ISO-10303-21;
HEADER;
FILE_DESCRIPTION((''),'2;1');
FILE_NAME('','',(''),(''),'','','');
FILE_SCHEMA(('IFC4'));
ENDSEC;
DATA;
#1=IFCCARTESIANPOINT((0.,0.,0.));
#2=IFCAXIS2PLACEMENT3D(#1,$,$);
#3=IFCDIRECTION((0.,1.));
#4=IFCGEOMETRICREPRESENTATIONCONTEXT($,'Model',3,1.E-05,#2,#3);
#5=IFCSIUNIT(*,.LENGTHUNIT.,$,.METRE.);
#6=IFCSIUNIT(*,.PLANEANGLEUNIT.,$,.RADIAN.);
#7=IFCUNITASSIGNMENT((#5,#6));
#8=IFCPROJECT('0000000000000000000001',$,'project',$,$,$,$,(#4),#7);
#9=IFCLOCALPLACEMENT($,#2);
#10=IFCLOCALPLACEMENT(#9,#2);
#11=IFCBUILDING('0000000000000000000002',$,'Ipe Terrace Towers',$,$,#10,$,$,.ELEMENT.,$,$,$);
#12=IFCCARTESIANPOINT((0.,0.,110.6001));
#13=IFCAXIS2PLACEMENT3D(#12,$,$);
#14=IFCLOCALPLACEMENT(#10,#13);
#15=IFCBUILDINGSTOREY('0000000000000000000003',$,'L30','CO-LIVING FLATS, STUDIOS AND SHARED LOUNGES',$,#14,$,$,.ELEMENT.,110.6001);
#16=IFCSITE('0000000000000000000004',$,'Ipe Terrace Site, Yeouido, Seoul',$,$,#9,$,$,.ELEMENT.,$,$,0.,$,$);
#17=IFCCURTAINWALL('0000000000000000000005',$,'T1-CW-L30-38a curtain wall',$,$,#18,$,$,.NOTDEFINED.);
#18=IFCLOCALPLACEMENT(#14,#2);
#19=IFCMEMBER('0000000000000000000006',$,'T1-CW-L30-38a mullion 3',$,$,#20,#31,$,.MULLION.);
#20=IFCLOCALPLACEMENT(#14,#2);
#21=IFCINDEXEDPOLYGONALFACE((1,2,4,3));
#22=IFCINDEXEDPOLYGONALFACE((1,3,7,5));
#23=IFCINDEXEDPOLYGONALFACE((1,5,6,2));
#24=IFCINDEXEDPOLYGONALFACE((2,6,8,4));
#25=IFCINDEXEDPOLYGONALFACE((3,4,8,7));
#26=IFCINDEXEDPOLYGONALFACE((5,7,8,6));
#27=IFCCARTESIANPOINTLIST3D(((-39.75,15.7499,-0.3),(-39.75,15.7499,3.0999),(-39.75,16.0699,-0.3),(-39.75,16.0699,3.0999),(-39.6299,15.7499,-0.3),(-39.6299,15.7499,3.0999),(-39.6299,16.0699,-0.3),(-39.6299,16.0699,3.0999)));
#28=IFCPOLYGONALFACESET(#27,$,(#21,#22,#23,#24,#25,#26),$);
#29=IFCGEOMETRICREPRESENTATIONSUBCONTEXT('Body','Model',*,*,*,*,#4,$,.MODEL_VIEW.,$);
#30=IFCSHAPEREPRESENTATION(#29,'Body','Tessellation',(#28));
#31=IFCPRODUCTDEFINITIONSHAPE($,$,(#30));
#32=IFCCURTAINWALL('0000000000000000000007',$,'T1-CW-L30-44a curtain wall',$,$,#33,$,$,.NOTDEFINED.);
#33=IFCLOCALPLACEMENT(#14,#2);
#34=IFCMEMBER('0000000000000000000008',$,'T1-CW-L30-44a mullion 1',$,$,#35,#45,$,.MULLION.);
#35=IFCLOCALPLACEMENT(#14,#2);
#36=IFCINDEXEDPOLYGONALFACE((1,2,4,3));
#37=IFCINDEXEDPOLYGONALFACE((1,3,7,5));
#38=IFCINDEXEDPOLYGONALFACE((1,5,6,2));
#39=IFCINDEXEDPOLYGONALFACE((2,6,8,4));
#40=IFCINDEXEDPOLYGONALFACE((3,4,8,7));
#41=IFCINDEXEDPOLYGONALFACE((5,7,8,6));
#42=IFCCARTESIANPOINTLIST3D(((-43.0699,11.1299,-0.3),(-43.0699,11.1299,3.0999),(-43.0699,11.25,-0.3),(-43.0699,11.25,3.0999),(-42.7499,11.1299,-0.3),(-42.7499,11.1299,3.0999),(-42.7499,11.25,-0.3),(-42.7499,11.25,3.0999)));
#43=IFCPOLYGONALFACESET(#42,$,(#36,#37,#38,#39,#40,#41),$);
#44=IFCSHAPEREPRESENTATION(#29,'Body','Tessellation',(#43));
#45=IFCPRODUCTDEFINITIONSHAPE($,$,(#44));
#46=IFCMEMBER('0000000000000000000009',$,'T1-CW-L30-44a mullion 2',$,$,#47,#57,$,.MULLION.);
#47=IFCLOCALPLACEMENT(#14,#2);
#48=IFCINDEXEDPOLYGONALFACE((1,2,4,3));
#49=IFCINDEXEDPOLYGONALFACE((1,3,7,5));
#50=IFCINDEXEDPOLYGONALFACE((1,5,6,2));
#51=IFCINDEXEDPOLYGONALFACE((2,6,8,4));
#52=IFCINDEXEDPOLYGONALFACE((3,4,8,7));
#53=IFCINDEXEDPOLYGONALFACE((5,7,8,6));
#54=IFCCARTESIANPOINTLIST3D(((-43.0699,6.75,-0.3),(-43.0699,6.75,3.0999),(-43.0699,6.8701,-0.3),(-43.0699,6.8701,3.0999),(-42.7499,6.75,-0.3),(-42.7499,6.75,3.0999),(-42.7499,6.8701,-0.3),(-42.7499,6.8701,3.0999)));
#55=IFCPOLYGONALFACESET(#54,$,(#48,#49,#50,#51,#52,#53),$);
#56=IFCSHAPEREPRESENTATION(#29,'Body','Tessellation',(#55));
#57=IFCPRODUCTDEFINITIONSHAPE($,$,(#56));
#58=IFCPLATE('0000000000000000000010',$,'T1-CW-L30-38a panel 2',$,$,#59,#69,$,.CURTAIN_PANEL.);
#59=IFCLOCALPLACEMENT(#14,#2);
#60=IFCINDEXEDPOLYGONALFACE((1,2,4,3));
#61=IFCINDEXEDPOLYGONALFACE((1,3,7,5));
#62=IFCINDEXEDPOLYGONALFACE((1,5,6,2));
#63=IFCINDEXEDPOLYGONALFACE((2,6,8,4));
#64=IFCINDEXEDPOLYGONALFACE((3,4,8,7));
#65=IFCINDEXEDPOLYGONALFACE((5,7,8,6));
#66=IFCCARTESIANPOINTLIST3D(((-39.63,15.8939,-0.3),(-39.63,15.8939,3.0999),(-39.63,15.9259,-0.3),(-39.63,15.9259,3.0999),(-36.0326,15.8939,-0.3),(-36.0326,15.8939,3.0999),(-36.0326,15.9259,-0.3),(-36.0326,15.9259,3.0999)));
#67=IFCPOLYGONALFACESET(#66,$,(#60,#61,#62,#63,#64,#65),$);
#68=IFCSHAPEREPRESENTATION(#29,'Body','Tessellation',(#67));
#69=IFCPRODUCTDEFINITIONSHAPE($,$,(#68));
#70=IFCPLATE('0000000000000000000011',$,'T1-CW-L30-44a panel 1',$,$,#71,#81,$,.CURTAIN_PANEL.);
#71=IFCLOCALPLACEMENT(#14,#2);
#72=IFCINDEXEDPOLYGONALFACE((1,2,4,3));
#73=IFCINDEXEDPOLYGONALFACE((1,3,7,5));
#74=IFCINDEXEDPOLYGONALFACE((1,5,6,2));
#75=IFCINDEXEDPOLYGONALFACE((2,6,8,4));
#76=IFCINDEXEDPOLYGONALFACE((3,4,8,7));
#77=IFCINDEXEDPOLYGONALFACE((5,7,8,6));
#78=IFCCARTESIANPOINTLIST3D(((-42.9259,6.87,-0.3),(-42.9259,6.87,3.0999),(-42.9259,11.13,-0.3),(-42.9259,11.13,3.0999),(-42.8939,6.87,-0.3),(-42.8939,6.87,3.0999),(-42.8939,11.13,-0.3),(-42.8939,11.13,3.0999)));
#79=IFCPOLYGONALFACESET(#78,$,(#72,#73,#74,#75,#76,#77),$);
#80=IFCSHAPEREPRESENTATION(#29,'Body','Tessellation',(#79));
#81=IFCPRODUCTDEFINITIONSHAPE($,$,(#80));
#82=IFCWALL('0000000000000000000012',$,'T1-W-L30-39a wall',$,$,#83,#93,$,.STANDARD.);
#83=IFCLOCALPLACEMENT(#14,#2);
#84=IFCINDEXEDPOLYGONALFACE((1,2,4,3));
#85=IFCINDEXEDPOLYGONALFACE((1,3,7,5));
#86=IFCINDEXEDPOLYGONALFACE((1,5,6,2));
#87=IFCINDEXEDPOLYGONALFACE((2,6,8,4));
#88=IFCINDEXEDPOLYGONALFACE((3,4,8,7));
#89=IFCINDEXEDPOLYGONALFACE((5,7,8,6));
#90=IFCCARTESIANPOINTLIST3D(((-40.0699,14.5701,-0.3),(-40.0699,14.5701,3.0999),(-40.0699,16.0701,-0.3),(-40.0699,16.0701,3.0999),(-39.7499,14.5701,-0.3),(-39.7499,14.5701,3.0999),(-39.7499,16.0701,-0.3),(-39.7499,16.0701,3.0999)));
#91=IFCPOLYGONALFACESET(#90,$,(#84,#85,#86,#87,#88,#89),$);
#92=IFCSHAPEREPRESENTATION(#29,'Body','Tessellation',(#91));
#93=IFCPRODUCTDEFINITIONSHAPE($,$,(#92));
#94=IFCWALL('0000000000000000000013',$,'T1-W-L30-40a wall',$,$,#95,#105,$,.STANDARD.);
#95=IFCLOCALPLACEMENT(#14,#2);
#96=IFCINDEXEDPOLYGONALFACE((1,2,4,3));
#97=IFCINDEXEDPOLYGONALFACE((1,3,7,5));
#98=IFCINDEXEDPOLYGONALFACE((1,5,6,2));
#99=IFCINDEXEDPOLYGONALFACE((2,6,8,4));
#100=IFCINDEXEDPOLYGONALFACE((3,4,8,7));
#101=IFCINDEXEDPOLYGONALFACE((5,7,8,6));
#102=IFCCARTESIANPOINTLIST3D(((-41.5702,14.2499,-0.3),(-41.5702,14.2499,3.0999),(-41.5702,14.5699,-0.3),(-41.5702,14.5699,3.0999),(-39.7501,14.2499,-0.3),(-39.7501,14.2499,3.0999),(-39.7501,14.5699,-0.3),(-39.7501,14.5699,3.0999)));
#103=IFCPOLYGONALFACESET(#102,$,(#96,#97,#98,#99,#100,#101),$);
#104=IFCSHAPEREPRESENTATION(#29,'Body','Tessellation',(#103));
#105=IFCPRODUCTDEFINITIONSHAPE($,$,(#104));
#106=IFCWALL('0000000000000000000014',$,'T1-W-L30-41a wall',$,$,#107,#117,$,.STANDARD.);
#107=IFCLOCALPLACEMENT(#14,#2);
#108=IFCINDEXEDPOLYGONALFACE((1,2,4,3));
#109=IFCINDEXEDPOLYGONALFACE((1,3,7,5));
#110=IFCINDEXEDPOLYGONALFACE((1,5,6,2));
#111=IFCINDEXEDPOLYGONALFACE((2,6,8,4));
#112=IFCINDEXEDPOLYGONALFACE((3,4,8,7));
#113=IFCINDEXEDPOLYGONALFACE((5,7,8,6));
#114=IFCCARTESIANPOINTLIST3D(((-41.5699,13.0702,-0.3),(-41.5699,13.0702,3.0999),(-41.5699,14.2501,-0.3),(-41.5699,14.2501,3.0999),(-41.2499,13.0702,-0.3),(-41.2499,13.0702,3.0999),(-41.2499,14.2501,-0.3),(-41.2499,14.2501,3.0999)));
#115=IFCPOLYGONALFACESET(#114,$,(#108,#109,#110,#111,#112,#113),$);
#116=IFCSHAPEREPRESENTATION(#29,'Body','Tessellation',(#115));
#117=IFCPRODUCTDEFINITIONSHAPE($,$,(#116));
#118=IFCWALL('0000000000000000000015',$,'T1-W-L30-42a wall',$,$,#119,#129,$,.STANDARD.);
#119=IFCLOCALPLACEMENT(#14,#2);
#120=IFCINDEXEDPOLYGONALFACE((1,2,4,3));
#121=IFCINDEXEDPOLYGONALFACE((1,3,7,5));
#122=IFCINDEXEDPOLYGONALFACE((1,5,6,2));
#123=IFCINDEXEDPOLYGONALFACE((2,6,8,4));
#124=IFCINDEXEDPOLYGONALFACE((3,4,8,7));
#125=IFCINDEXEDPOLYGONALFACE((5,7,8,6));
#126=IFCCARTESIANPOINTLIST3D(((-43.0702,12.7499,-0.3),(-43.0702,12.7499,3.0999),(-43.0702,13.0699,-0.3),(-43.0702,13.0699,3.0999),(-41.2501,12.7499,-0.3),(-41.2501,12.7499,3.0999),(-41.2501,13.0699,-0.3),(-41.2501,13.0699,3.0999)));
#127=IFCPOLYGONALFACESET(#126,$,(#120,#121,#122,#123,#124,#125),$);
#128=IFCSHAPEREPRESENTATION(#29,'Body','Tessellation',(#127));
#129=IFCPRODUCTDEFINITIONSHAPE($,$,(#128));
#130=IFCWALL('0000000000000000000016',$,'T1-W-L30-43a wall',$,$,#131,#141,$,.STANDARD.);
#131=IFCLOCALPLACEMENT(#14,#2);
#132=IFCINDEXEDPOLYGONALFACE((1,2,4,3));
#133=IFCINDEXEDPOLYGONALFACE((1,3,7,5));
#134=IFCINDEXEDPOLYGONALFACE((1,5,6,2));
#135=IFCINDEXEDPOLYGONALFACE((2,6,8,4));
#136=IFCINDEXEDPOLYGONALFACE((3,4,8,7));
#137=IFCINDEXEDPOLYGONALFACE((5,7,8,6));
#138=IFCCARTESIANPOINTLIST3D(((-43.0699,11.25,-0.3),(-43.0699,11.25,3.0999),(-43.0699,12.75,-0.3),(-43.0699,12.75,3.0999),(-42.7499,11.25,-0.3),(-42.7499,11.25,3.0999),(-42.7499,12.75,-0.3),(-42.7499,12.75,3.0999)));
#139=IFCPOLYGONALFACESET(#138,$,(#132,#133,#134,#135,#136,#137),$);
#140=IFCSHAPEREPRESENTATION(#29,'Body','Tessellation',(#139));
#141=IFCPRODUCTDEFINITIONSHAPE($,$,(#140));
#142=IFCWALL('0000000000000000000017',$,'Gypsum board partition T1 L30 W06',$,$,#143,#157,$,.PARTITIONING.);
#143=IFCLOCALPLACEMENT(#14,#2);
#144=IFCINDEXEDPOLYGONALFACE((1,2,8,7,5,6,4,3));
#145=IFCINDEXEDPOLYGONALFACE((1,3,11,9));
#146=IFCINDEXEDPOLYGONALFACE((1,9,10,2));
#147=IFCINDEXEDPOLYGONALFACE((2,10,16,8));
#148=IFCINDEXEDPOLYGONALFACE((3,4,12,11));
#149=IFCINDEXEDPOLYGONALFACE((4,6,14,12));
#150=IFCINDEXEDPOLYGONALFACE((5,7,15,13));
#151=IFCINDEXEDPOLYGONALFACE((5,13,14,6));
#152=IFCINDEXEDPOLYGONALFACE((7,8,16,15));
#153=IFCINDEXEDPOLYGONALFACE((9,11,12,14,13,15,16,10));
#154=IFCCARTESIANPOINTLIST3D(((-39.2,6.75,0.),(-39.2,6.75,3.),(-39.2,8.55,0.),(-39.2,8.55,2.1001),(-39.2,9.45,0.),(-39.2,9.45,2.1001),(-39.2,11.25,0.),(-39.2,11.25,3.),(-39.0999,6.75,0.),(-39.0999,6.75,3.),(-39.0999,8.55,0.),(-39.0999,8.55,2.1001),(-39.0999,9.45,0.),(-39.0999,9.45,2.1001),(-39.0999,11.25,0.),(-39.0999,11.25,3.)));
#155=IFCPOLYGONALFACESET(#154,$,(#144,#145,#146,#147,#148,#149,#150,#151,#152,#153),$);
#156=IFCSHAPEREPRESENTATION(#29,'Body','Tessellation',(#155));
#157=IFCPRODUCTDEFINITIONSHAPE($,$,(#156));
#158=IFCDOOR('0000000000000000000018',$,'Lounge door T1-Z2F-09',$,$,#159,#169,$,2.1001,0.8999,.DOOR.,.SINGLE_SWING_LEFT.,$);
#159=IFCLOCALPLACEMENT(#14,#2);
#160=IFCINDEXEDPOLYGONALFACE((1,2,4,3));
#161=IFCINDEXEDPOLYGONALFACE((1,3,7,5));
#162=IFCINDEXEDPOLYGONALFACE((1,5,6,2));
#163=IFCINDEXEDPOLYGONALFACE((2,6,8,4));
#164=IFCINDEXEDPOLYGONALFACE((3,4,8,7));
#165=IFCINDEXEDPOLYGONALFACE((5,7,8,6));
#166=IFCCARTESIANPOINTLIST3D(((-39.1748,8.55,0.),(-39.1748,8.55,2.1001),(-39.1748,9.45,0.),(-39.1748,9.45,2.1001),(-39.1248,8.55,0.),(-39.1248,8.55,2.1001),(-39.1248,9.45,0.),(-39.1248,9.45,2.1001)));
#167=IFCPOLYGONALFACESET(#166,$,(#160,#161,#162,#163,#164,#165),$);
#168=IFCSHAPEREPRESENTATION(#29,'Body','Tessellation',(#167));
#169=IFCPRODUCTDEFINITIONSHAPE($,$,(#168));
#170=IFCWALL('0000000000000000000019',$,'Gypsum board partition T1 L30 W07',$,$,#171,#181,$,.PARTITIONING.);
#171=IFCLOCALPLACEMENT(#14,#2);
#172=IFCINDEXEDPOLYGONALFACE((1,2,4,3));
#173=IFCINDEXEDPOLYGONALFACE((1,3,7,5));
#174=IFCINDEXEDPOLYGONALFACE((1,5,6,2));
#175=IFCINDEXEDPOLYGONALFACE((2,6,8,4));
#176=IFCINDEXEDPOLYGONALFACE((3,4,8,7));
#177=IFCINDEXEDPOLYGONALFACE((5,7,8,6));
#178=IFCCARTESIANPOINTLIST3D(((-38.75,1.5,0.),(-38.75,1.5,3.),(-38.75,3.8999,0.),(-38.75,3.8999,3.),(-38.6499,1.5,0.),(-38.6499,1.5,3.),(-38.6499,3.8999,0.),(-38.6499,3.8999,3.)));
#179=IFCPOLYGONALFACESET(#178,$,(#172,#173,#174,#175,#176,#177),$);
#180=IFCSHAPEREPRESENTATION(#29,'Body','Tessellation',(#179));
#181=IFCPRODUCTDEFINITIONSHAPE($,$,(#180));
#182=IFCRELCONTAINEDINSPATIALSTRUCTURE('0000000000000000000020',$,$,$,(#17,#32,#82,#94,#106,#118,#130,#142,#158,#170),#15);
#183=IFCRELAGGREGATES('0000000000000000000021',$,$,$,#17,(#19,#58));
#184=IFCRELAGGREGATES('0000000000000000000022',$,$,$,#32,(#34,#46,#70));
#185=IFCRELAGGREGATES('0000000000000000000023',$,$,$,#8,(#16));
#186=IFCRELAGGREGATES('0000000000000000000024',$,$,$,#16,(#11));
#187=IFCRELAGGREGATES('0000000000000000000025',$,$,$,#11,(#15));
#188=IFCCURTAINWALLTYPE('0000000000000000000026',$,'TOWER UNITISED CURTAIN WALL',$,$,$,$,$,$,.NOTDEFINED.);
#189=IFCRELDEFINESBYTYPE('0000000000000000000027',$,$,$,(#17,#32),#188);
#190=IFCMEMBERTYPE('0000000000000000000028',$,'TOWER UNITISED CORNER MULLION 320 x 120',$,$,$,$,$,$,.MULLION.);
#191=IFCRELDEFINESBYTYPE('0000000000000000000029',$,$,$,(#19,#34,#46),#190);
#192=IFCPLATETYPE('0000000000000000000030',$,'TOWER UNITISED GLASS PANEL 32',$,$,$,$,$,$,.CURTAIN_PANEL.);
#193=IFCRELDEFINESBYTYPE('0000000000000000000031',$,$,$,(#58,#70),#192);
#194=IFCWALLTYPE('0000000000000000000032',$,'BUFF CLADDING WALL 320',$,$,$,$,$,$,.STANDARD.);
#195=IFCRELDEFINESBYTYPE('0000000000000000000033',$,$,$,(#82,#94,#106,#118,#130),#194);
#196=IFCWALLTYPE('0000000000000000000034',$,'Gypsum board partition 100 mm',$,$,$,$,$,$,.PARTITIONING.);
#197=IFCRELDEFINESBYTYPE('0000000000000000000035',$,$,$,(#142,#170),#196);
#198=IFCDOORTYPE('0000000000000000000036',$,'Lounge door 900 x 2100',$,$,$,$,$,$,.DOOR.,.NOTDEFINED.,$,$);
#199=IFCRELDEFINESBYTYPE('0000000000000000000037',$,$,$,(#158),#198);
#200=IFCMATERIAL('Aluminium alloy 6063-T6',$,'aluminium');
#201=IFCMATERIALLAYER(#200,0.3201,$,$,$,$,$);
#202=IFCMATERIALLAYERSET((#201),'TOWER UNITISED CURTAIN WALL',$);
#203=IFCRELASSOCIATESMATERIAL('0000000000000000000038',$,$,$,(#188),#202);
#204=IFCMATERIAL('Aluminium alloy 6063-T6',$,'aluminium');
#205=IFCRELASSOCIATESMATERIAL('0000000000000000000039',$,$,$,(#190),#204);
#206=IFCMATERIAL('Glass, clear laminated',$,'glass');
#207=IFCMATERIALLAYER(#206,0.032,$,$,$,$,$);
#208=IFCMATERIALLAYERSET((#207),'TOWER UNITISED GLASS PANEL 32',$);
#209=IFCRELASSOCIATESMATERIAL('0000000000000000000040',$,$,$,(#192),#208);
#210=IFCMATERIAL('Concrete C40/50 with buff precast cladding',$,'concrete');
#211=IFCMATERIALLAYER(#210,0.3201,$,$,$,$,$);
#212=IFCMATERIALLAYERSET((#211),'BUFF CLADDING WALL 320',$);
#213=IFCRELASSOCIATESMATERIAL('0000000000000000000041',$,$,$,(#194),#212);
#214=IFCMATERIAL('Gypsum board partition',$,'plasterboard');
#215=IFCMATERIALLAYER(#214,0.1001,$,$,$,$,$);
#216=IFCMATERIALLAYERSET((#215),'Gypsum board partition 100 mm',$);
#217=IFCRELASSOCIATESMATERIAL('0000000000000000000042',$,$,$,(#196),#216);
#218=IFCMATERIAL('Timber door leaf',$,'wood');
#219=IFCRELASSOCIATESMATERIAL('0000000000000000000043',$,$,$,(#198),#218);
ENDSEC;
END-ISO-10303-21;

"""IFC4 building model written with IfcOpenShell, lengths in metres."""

from ifc_helpers import new_model, si_unit, direction, frame, frame_2d, origin, origin_2d, place, context, subcontext, project, spatial, rectangle, extrude, material, layer, layer_set, material_profile, profile_set, type_object, element, fill, aggregate, save


model = new_model("IFC4")

# Units and contexts
model_context = context("Model", 3, precision=1e-05, world=origin(), true_north=direction((0.0, 1.0)))
body_context = subcontext(model_context, "Body", "Model", "MODEL_VIEW")
ifc_project = project(units=[si_unit("LENGTHUNIT", "METRE"), si_unit("PLANEANGLEUNIT", "RADIAN")], contexts=[model_context])

# Site, building, storey
site_placement = place(None, origin())
site = spatial("IfcSite", under=ifc_project, at=site_placement, Name="Ipe Terrace Site, Yeouido, Seoul", CompositionType="ELEMENT", RefElevation=0.0)
building_placement = place(site_placement, origin())
building = spatial("IfcBuilding", under=site, at=building_placement, Name="Ipe Terrace Towers", CompositionType="ELEMENT")
storey_placement = place(building_placement, frame((0.0, 0.0, 110.6001)))
storey = spatial("IfcBuildingStorey", under=building, at=storey_placement, Name="L30", Description="CO-LIVING FLATS, STUDIOS AND SHARED LOUNGES", CompositionType="ELEMENT", Elevation=110.6001)

# Curtain wall, member
ifc_material_1 = material(Name="Aluminium alloy 6063-T6", Category="aluminium")
ifc_layer_1 = layer(ifc_material_1, 0.3201)
ifc_layer_set_1 = layer_set([ifc_layer_1], Name="TOWER UNITISED CURTAIN WALL")
curtain_wall_type = type_object("IfcCurtainWallType", Name="TOWER UNITISED CURTAIN WALL", PredefinedType="NOTDEFINED", material=ifc_layer_set_1)
curtain_wall_1_placement = place(storey_placement, origin())
curtain_wall_1 = element("IfcCurtainWall", 1, at=curtain_wall_1_placement, inside=storey, type_object=curtain_wall_type, Name="T1-CW-L30-38a curtain wall", PredefinedType="NOTDEFINED")
ifc_material_2 = material(Name="Aluminium alloy 6063-T6", Category="aluminium")
ifc_material_profile_1 = material_profile(ifc_material_2, rectangle(XDim=0.3201, YDim=0.1201, at=origin_2d()), Name="TOWER UNITISED CORNER MULLION 320 x 120")
ifc_profile_set_1 = profile_set([ifc_material_profile_1], Name="Aluminium alloy 6063-T6")
member_type = type_object("IfcMemberType", Name="TOWER UNITISED CORNER MULLION 320 x 120", PredefinedType="MULLION", material=ifc_profile_set_1)
member_1_placement = place(storey_placement, frame((-39.6899, 15.9099, -0.3), z_axis=(0.0, 0.0, 1.0), x_axis=(0.0, 1.0, 0.0)))
member_1 = element("IfcMember", 2, at=member_1_placement, type_object=member_type, Name="T1-CW-L30-38a mullion 3", PredefinedType="MULLION", context=body_context, shape_type="SweptSolid", body=[
    extrude(rectangle(XDim=0.3201, YDim=0.1201, at=origin_2d()), origin(), (0.0, 0.0, 1.0), 3.3999),
])

# Curtain wall, members
curtain_wall_2_placement = place(storey_placement, origin())
curtain_wall_2 = element("IfcCurtainWall", 3, at=curtain_wall_2_placement, inside=storey, type_object=curtain_wall_type, Name="T1-CW-L30-44a curtain wall", PredefinedType="NOTDEFINED")
member_2_placement = place(storey_placement, frame((-42.9099, 11.1899, -0.3), z_axis=(0.0, 0.0, 1.0), x_axis=(-1.0, 0.0, 0.0)))
member_2 = element("IfcMember", 4, at=member_2_placement, type_object=member_type, Name="T1-CW-L30-44a mullion 1", PredefinedType="MULLION", context=body_context, shape_type="SweptSolid", body=[
    extrude(rectangle(XDim=0.3201, YDim=0.1201, at=origin_2d()), origin(), (0.0, 0.0, 1.0), 3.3999),
])
member_3_placement = place(storey_placement, frame((-42.9099, 6.8101, -0.3), z_axis=(0.0, 0.0, 1.0), x_axis=(-1.0, 0.0, 0.0)))
member_3 = element("IfcMember", 5, at=member_3_placement, type_object=member_type, Name="T1-CW-L30-44a mullion 2", PredefinedType="MULLION", context=body_context, shape_type="SweptSolid", body=[
    extrude(rectangle(XDim=0.3201, YDim=0.1201, at=origin_2d()), origin(), (0.0, 0.0, 1.0), 3.3999),
])

# Plates
ifc_material_3 = material(Name="Glass, clear laminated", Category="glass")
ifc_layer_2 = layer(ifc_material_3, 0.032)
ifc_layer_set_2 = layer_set([ifc_layer_2], Name="TOWER UNITISED GLASS PANEL 32")
plate_type = type_object("IfcPlateType", Name="TOWER UNITISED GLASS PANEL 32", PredefinedType="CURTAIN_PANEL", material=ifc_layer_set_2)
plate_1_placement = place(storey_placement, frame((-37.8313, 15.9099, -0.3), z_axis=(0.0, 0.0, 1.0), x_axis=(-1.0, 0.0, 0.0)))
plate_1 = element("IfcPlate", 6, at=plate_1_placement, type_object=plate_type, Name="T1-CW-L30-38a panel 2", PredefinedType="CURTAIN_PANEL", context=body_context, shape_type="SweptSolid", body=[
    extrude(rectangle(XDim=3.5974, YDim=0.032, at=origin_2d()), origin(), (0.0, 0.0, 1.0), 3.3999),
])
aggregate(curtain_wall_1, [member_1, plate_1])
plate_2_placement = place(storey_placement, frame((-42.9099, 9.0, -0.3), z_axis=(0.0, 0.0, 1.0), x_axis=(0.0, -1.0, 0.0)))
plate_2 = element("IfcPlate", 7, at=plate_2_placement, type_object=plate_type, Name="T1-CW-L30-44a panel 1", PredefinedType="CURTAIN_PANEL", context=body_context, shape_type="SweptSolid", body=[
    extrude(rectangle(XDim=4.26, YDim=0.032, at=origin_2d()), origin(), (0.0, 0.0, 1.0), 3.3999),
])
aggregate(curtain_wall_2, [member_2, member_3, plate_2])

# Walls
ifc_material_4 = material(Name="Concrete C40/50 with buff precast cladding", Category="concrete")
ifc_layer_3 = layer(ifc_material_4, 0.3201)
ifc_layer_set_3 = layer_set([ifc_layer_3], Name="BUFF CLADDING WALL 320")
wall_type_1 = type_object("IfcWallType", Name="BUFF CLADDING WALL 320", PredefinedType="STANDARD", material=ifc_layer_set_3)
wall_1_placement = place(storey_placement, frame((-39.9099, 16.0701, -0.3), z_axis=(0.0, 0.0, 1.0), x_axis=(0.0, -1.0, 0.0)))
element("IfcWall", 8, at=wall_1_placement, inside=storey, type_object=wall_type_1, Name="T1-W-L30-39a wall", PredefinedType="STANDARD", context=body_context, shape_type="SweptSolid", body=[
    extrude(rectangle(XDim=1.5, YDim=0.3201, at=frame_2d((0.75, 0.0))), origin(), (0.0, 0.0, 1.0), 3.3999),
])
wall_2_placement = place(storey_placement, frame((-39.75, 14.4099, -0.3), z_axis=(0.0, 0.0, 1.0), x_axis=(-1.0, 0.0, 0.0)))
element("IfcWall", 9, at=wall_2_placement, inside=storey, type_object=wall_type_1, Name="T1-W-L30-40a wall", PredefinedType="STANDARD", context=body_context, shape_type="SweptSolid", body=[
    extrude(rectangle(XDim=1.8201, YDim=0.3201, at=frame_2d((0.9102, 0.0))), origin(), (0.0, 0.0, 1.0), 3.3999),
])
wall_3_placement = place(storey_placement, frame((-41.4099, 14.25, -0.3), z_axis=(0.0, 0.0, 1.0), x_axis=(0.0, -1.0, 0.0)))
element("IfcWall", 10, at=wall_3_placement, inside=storey, type_object=wall_type_1, Name="T1-W-L30-41a wall", PredefinedType="STANDARD", context=body_context, shape_type="SweptSolid", body=[
    extrude(rectangle(XDim=1.1799, YDim=0.3201, at=frame_2d((0.5898, 0.0))), origin(), (0.0, 0.0, 1.0), 3.3999),
])
wall_4_placement = place(storey_placement, frame((-41.25, 12.9099, -0.3), z_axis=(0.0, 0.0, 1.0), x_axis=(-1.0, 0.0, 0.0)))
element("IfcWall", 11, at=wall_4_placement, inside=storey, type_object=wall_type_1, Name="T1-W-L30-42a wall", PredefinedType="STANDARD", context=body_context, shape_type="SweptSolid", body=[
    extrude(rectangle(XDim=1.8201, YDim=0.3201, at=frame_2d((0.9102, 0.0))), origin(), (0.0, 0.0, 1.0), 3.3999),
])
wall_5_placement = place(storey_placement, frame((-42.9099, 12.75, -0.3), z_axis=(0.0, 0.0, 1.0), x_axis=(0.0, -1.0, 0.0)))
element("IfcWall", 12, at=wall_5_placement, inside=storey, type_object=wall_type_1, Name="T1-W-L30-43a wall", PredefinedType="STANDARD", context=body_context, shape_type="SweptSolid", body=[
    extrude(rectangle(XDim=1.5, YDim=0.3201, at=frame_2d((0.75, 0.0))), origin(), (0.0, 0.0, 1.0), 3.3999),
])

# Wall, opening, door
ifc_material_5 = material(Name="Gypsum board partition", Category="plasterboard")
ifc_layer_4 = layer(ifc_material_5, 0.1001)
ifc_layer_set_4 = layer_set([ifc_layer_4], Name="Gypsum board partition 100 mm")
wall_type_2 = type_object("IfcWallType", Name="Gypsum board partition 100 mm", PredefinedType="PARTITIONING", material=ifc_layer_set_4)
wall_6_placement = place(storey_placement, frame((-39.1499, 6.75, 0.0), z_axis=(0.0, 0.0, 1.0), x_axis=(0.0, 1.0, 0.0)))
wall_6 = element("IfcWall", 13, at=wall_6_placement, inside=storey, type_object=wall_type_2, Name="Gypsum board partition T1 L30 W06", PredefinedType="PARTITIONING", context=body_context, shape_type="SweptSolid", body=[
    extrude(rectangle(XDim=4.5, YDim=0.1001, at=frame_2d((2.25, 0.0))), origin(), (0.0, 0.0, 1.0), 3.0),
])
opening_1_placement = place(wall_6_placement, frame((1.8, 0.0, 0.0)))
opening_1 = element("IfcOpeningElement", 14, at=opening_1_placement, cuts=wall_6, PredefinedType="OPENING", context=body_context, shape_type="SweptSolid", body=[
    extrude(rectangle(XDim=0.8999, YDim=2.1001, at=frame_2d((0.45, 1.05))), frame((0.0, 0.0601, 0.0), z_axis=(0.0, -1.0, 0.0), x_axis=(1.0, 0.0, 0.0)), (0.0, 0.0, 1.0), 0.1201),
])
ifc_material_6 = material(Name="Timber door leaf", Category="wood")
door_type_1 = type_object("IfcDoorType", Name="Lounge door 900 x 2100", OperationType="NOTDEFINED", PredefinedType="DOOR", material=ifc_material_6)
door_1_placement = place(opening_1_placement, origin())
door_1 = element("IfcDoor", 15, at=door_1_placement, inside=storey, type_object=door_type_1, Name="Lounge door T1-Z2F-09", OperationType="SINGLE_SWING_LEFT", OverallHeight=2.1001, OverallWidth=0.8999, PredefinedType="DOOR", context=body_context, shape_type="SweptSolid", body=[
    extrude(rectangle(XDim=0.8999, YDim=2.1001, at=frame_2d((0.45, 1.05))), frame((0.0, 0.0249, 0.0), z_axis=(0.0, -1.0, 0.0), x_axis=(1.0, 0.0, 0.0)), (0.0, 0.0, 1.0), 0.05),
])
fill(opening_1, door_1)

# Wall
wall_7_placement = place(storey_placement, frame((-38.7, 1.5, 0.0), z_axis=(0.0, 0.0, 1.0), x_axis=(0.0, 1.0, 0.0)))
element("IfcWall", 16, at=wall_7_placement, inside=storey, type_object=wall_type_2, Name="Gypsum board partition T1 L30 W07", PredefinedType="PARTITIONING", context=body_context, shape_type="SweptSolid", body=[
    extrude(rectangle(XDim=2.3999, YDim=0.1001, at=frame_2d((1.2, 0.0))), origin(), (0.0, 0.0, 1.0), 3.0),
])

save(model, "model.ifc")
